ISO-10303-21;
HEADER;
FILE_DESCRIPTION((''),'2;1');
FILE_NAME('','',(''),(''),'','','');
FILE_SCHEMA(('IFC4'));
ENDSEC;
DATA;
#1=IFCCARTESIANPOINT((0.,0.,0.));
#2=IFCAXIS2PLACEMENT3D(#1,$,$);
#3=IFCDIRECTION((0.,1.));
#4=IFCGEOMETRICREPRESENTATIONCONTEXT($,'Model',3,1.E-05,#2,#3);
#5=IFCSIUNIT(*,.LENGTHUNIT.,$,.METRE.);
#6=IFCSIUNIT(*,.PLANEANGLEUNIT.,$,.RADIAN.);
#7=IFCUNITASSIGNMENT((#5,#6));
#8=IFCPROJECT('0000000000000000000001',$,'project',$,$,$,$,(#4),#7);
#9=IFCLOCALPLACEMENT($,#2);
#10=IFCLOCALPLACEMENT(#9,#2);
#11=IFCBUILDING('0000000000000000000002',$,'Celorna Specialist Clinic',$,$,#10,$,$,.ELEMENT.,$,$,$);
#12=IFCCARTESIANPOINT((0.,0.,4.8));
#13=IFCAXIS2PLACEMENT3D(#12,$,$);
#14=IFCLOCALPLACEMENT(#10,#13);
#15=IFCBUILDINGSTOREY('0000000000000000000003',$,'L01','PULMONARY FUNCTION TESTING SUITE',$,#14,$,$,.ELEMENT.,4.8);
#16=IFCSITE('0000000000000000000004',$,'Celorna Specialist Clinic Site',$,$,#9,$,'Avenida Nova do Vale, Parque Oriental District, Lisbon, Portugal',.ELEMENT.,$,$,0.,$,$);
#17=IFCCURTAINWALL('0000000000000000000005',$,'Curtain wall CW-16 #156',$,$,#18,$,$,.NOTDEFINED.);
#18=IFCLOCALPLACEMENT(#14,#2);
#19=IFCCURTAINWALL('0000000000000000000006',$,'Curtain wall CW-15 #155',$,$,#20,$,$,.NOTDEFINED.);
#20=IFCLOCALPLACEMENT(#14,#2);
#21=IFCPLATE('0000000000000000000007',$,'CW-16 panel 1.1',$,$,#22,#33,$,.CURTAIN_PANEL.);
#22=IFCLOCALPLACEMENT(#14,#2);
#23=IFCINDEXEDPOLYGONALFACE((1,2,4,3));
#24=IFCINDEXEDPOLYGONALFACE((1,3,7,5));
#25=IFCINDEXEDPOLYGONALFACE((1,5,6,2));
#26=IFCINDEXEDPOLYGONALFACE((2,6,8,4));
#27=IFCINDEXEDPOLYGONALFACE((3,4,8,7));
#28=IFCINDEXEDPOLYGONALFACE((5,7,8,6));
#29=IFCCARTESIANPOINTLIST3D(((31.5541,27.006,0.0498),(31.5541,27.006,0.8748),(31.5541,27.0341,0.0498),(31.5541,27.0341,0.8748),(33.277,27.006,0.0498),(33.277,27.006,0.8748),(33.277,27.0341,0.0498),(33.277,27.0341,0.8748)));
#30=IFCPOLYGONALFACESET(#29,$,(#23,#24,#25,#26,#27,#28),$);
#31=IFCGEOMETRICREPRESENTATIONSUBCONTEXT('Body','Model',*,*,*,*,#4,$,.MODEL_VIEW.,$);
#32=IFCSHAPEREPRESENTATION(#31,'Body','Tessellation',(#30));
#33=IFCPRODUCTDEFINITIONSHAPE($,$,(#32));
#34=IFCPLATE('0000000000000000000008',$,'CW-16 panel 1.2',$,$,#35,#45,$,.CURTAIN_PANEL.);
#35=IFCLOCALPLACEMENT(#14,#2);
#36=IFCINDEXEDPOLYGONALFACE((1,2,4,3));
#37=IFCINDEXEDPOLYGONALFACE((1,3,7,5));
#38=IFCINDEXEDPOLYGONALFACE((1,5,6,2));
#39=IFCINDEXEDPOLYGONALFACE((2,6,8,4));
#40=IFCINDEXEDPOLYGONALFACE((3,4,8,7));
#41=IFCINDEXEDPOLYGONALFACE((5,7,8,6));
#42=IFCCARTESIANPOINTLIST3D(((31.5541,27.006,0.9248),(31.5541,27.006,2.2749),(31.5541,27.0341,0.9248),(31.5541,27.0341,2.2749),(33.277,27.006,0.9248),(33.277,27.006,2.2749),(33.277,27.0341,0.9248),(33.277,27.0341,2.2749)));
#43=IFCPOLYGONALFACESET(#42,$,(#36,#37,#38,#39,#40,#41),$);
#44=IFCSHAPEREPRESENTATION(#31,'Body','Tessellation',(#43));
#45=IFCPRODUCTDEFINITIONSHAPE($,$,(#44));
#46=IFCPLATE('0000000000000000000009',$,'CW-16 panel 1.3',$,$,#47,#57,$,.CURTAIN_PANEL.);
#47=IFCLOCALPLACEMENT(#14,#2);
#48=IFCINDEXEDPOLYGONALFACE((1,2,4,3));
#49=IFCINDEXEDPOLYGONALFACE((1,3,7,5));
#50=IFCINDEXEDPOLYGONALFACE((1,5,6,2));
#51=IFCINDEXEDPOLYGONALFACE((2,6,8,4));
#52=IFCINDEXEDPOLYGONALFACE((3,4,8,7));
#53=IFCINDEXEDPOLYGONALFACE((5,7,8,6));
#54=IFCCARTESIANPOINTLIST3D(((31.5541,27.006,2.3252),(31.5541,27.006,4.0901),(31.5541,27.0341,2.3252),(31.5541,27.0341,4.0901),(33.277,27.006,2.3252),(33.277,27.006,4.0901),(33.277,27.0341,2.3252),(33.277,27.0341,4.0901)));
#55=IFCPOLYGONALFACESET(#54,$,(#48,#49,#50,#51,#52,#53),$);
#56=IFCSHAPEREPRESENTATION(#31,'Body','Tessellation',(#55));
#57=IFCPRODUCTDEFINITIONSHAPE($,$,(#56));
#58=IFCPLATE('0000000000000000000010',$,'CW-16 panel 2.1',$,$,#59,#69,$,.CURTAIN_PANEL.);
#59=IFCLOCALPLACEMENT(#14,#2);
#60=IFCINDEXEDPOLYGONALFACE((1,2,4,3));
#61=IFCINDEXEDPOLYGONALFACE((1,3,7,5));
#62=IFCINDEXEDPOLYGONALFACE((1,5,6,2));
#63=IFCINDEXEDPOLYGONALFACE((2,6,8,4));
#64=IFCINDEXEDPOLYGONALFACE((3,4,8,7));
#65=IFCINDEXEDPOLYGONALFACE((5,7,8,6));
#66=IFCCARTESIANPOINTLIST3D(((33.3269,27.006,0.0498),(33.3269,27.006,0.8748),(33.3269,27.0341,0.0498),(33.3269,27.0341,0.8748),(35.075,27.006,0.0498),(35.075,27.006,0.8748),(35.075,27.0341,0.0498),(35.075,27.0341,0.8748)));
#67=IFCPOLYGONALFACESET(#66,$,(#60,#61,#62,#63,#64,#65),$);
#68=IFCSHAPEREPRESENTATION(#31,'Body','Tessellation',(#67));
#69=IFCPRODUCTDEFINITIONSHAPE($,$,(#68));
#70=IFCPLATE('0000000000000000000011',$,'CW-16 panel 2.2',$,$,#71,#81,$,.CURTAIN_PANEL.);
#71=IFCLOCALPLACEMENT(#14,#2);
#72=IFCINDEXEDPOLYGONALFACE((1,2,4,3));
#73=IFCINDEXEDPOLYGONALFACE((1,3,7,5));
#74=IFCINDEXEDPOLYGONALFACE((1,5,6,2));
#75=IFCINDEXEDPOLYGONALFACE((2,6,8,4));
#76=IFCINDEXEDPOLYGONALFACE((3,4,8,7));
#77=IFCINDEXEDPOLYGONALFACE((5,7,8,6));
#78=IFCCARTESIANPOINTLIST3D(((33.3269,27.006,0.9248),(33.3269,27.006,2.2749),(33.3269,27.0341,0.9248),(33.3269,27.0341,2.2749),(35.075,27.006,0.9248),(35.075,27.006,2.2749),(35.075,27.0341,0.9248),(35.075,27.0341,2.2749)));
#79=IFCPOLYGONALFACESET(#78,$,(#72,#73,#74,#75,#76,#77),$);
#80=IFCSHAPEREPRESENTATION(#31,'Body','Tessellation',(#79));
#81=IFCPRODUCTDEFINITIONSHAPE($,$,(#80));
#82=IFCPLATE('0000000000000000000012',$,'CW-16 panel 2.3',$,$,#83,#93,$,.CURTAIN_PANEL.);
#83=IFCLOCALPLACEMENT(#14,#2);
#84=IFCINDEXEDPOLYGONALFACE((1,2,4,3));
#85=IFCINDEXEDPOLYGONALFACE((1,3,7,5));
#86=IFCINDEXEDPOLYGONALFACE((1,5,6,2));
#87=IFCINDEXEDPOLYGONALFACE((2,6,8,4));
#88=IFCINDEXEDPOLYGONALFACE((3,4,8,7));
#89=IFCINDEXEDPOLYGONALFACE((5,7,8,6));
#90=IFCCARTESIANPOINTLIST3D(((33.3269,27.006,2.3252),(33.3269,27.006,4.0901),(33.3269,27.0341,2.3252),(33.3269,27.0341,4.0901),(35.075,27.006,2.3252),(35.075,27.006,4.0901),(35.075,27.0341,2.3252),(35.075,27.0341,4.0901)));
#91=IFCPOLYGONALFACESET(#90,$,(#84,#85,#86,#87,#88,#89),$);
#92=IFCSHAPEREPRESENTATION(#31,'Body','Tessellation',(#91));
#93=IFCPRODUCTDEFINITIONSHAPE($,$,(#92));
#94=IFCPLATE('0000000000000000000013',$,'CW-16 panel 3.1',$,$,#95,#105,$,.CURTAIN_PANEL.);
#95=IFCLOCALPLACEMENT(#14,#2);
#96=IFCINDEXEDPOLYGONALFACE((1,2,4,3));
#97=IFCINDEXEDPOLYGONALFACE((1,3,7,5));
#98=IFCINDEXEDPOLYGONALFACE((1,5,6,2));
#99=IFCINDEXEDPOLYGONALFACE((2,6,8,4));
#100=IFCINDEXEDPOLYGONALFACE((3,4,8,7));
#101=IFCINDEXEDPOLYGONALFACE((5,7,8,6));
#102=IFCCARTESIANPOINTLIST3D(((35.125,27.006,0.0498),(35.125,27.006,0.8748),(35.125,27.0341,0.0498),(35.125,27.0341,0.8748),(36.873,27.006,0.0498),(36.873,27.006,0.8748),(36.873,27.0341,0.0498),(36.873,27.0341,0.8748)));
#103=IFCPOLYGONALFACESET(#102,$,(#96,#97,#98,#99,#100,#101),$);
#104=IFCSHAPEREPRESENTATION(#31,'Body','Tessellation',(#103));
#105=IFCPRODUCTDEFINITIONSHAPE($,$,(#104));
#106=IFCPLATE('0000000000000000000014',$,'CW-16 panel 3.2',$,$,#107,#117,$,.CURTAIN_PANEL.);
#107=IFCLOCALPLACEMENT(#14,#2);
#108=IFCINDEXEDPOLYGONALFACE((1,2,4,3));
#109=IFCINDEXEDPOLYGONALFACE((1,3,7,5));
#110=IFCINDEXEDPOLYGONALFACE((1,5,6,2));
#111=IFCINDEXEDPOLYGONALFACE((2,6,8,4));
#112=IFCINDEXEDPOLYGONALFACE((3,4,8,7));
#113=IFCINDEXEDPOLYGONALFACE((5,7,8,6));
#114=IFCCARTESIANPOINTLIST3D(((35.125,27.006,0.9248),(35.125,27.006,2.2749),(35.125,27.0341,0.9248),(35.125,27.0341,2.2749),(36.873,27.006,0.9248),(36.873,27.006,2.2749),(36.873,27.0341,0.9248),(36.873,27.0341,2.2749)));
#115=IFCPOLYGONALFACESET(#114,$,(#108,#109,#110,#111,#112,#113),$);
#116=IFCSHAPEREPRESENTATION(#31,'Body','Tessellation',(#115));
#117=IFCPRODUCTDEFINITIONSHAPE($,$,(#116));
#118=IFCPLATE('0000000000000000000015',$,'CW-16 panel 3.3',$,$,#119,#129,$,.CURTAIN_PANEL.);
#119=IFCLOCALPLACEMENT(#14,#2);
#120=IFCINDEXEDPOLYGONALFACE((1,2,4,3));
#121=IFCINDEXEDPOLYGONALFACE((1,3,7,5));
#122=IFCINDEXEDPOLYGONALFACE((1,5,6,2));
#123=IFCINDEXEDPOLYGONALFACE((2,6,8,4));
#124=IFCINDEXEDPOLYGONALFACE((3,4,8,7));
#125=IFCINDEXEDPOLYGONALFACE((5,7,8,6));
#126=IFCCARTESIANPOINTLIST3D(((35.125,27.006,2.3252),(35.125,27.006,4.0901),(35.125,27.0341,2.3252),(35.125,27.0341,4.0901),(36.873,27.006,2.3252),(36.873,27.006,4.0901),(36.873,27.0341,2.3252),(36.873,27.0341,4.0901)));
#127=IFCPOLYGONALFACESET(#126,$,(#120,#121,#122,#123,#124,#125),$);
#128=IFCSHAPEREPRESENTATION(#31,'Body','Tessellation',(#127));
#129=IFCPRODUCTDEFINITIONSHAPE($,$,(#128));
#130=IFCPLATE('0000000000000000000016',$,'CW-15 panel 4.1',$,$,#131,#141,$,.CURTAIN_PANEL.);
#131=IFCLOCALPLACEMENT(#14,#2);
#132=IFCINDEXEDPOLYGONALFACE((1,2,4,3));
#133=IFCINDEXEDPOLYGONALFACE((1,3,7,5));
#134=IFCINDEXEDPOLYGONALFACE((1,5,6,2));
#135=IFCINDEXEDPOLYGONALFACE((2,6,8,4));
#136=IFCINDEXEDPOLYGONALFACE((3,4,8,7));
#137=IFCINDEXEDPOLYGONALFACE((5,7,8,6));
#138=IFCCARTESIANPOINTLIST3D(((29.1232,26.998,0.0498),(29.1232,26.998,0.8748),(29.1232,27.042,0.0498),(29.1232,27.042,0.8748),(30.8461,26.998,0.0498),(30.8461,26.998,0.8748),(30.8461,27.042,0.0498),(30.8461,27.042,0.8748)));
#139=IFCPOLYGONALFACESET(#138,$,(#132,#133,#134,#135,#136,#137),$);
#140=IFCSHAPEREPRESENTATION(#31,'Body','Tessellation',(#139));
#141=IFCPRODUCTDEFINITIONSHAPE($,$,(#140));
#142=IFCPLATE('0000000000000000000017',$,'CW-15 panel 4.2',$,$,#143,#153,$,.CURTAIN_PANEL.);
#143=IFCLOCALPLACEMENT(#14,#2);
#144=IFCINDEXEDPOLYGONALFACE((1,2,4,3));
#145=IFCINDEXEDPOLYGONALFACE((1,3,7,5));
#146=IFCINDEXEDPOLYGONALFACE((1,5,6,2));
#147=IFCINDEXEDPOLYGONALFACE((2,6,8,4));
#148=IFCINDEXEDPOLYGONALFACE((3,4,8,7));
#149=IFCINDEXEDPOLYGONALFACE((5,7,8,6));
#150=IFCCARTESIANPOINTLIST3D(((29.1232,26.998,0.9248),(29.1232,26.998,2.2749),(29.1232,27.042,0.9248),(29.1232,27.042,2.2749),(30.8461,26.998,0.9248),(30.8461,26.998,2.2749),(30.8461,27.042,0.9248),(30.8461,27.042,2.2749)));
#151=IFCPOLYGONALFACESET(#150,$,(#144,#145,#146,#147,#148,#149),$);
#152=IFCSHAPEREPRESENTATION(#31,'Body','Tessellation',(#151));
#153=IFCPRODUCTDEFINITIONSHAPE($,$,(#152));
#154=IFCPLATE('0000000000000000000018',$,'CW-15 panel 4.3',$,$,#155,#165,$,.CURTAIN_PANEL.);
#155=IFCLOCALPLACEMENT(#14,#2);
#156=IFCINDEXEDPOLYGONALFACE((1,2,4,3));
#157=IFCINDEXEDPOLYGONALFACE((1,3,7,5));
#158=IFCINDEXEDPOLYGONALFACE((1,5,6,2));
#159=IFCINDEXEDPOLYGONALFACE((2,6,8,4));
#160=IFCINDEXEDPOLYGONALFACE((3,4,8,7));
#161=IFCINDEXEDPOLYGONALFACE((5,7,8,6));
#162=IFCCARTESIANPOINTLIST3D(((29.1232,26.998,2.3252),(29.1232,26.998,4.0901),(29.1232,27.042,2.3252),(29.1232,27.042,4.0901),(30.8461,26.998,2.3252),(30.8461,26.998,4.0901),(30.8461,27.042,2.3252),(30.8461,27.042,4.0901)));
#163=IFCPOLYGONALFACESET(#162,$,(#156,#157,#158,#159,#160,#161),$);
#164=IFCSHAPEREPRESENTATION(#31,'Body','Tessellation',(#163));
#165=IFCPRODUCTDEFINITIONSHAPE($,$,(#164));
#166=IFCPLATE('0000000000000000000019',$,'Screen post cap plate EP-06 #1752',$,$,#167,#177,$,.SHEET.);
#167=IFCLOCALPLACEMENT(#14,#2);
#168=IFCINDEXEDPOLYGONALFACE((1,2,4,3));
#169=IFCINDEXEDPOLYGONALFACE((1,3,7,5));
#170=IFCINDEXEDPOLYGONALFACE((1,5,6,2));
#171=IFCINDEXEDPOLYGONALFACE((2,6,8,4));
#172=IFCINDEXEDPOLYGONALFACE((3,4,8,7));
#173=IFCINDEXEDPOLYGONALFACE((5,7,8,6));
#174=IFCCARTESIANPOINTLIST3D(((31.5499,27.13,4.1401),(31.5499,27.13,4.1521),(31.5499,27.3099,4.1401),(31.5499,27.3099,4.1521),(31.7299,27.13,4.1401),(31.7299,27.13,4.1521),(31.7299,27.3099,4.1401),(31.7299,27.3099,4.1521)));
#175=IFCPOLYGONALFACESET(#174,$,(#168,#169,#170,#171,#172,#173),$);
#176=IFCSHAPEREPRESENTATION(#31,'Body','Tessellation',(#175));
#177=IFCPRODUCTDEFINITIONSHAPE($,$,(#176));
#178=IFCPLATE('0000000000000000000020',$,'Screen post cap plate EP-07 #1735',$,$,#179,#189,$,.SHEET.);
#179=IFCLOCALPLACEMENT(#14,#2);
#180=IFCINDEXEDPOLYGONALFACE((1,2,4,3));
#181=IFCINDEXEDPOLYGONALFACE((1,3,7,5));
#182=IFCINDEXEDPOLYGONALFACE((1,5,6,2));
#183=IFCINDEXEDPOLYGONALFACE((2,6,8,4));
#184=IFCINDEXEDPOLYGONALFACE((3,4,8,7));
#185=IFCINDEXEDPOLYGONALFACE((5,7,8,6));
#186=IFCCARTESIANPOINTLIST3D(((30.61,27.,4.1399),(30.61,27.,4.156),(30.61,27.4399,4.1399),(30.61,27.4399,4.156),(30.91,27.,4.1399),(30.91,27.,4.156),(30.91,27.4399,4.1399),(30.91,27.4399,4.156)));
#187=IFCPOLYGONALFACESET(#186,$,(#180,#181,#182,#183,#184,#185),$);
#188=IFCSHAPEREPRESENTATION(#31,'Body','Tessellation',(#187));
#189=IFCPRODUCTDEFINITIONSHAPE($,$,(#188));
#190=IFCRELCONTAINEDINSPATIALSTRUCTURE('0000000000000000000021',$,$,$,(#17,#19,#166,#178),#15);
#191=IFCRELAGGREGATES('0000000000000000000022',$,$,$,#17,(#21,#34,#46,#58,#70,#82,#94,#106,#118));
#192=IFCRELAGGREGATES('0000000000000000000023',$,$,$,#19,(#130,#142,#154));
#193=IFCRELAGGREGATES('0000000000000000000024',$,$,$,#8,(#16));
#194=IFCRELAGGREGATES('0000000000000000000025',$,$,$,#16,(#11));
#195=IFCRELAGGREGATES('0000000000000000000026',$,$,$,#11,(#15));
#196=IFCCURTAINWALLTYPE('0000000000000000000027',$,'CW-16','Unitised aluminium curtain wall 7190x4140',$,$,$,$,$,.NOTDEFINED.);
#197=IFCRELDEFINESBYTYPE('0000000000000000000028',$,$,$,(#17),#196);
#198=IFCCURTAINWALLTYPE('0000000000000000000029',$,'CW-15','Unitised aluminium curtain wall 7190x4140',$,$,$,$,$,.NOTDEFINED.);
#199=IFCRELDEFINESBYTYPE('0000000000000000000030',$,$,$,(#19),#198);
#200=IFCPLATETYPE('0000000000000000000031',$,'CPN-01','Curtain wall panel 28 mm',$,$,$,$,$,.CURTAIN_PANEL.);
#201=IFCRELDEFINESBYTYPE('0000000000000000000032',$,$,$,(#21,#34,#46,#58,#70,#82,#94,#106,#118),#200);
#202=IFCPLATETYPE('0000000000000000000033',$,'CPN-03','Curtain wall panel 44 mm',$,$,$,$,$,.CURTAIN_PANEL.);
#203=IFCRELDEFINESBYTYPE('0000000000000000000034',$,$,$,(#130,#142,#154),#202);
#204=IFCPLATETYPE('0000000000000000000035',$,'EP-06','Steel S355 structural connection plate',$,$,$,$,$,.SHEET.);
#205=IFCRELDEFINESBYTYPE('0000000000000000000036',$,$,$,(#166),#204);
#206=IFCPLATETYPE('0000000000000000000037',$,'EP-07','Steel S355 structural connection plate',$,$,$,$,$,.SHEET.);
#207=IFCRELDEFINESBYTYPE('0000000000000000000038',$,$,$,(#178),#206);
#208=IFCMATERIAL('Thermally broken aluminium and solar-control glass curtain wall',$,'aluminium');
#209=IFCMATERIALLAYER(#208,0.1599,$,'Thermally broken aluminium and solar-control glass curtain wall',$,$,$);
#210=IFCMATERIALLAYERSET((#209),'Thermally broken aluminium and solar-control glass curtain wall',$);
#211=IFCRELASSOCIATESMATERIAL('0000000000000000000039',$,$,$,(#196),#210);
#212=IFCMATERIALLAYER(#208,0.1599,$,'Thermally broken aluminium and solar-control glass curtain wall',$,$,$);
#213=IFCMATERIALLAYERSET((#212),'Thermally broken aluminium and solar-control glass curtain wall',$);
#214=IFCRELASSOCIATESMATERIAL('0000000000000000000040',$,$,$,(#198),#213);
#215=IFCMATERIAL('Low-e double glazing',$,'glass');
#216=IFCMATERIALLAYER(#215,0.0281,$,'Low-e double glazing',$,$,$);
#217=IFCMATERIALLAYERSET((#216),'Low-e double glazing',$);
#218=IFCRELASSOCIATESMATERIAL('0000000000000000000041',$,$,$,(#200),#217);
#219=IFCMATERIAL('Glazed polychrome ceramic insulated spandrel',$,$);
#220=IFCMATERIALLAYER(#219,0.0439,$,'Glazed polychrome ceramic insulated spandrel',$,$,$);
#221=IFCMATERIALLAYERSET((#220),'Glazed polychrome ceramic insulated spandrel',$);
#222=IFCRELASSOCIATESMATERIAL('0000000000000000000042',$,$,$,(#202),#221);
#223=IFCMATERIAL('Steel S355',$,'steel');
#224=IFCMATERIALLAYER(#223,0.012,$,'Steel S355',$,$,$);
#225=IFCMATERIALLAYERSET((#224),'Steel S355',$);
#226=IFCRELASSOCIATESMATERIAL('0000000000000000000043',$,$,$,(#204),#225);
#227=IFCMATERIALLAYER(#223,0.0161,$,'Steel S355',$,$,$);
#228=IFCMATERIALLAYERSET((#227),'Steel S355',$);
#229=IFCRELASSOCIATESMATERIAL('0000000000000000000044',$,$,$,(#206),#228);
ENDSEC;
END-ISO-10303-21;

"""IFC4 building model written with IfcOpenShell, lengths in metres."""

from ifc_helpers import new_model, si_unit, direction, frame, origin, origin_2d, place, context, subcontext, project, spatial, rectangle, extrude, material, layer, layer_set, type_object, element, aggregate, save


model = new_model("IFC4")

# Units and contexts
model_context = context("Model", 3, precision=1e-05, world=origin(), true_north=direction((0.0, 1.0)))
body_context = subcontext(model_context, "Body", "Model", "MODEL_VIEW")
ifc_project = project(units=[si_unit("LENGTHUNIT", "METRE"), si_unit("PLANEANGLEUNIT", "RADIAN")], contexts=[model_context])

# Site, building, storey
site_placement = place(None, origin())
site = spatial("IfcSite", under=ifc_project, at=site_placement, Name="Celorna Specialist Clinic Site", LongName="Avenida Nova do Vale, Parque Oriental District, Lisbon, Portugal", CompositionType="ELEMENT", RefElevation=0.0)
building_placement = place(site_placement, origin())
building = spatial("IfcBuilding", under=site, at=building_placement, Name="Celorna Specialist Clinic", CompositionType="ELEMENT")
storey_placement = place(building_placement, frame((0.0, 0.0, 4.8)))
storey = spatial("IfcBuildingStorey", under=building, at=storey_placement, Name="L01", Description="PULMONARY FUNCTION TESTING SUITE", CompositionType="ELEMENT", Elevation=4.8)

# Shared definitions
ifc_material_1 = material(Name="Steel S355", Category="steel")

# Curtain wall
ifc_material_2 = material(Name="Thermally broken aluminium and solar-control glass curtain wall", Category="aluminium")
ifc_layer_1 = layer(ifc_material_2, 0.1599, Name="Thermally broken aluminium and solar-control glass curtain wall")
ifc_layer_set_1 = layer_set([ifc_layer_1], Name="Thermally broken aluminium and solar-control glass curtain wall")
curtain_wall_type_1 = type_object("IfcCurtainWallType", Name="CW-16", Description="Unitised aluminium curtain wall 7190x4140", PredefinedType="NOTDEFINED", material=ifc_layer_set_1)
curtain_wall_1_placement = place(storey_placement, origin())
curtain_wall_1 = element("IfcCurtainWall", 1, at=curtain_wall_1_placement, inside=storey, type_object=curtain_wall_type_1, Name="Curtain wall CW-16 #156", PredefinedType="NOTDEFINED")

# Curtain wall
ifc_layer_2 = layer(ifc_material_2, 0.1599, Name="Thermally broken aluminium and solar-control glass curtain wall")
ifc_layer_set_2 = layer_set([ifc_layer_2], Name="Thermally broken aluminium and solar-control glass curtain wall")
curtain_wall_type_2 = type_object("IfcCurtainWallType", Name="CW-15", Description="Unitised aluminium curtain wall 7190x4140", PredefinedType="NOTDEFINED", material=ifc_layer_set_2)
curtain_wall_2_placement = place(storey_placement, origin())
curtain_wall_2 = element("IfcCurtainWall", 2, at=curtain_wall_2_placement, inside=storey, type_object=curtain_wall_type_2, Name="Curtain wall CW-15 #155", PredefinedType="NOTDEFINED")

# Plates
ifc_material_3 = material(Name="Low-e double glazing", Category="glass")
ifc_layer_3 = layer(ifc_material_3, 0.0281, Name="Low-e double glazing")
ifc_layer_set_3 = layer_set([ifc_layer_3], Name="Low-e double glazing")
plate_type_1 = type_object("IfcPlateType", Name="CPN-01", Description="Curtain wall panel 28 mm", PredefinedType="CURTAIN_PANEL", material=ifc_layer_set_3)
plate_1_placement = place(storey_placement, frame((32.4155, 27.02, 0.0498), z_axis=(0.0, 0.0, 1.0), x_axis=(1.0, 0.0, 0.0)))
plate_1 = element("IfcPlate", 3, at=plate_1_placement, type_object=plate_type_1, Name="CW-16 panel 1.1", PredefinedType="CURTAIN_PANEL", context=body_context, shape_type="SweptSolid", body=[
    extrude(rectangle(XDim=1.7229, YDim=0.0281, at=origin_2d()), origin(), (0.0, 0.0, 1.0), 0.825),
])
plate_2_placement = place(storey_placement, frame((32.4155, 27.02, 0.9248), z_axis=(0.0, 0.0, 1.0), x_axis=(1.0, 0.0, 0.0)))
plate_2 = element("IfcPlate", 4, at=plate_2_placement, type_object=plate_type_1, Name="CW-16 panel 1.2", PredefinedType="CURTAIN_PANEL", context=body_context, shape_type="SweptSolid", body=[
    extrude(rectangle(XDim=1.7229, YDim=0.0281, at=origin_2d()), origin(), (0.0, 0.0, 1.0), 1.3501),
])
plate_3_placement = place(storey_placement, frame((32.4155, 27.02, 2.3252), z_axis=(0.0, 0.0, 1.0), x_axis=(1.0, 0.0, 0.0)))
plate_3 = element("IfcPlate", 5, at=plate_3_placement, type_object=plate_type_1, Name="CW-16 panel 1.3", PredefinedType="CURTAIN_PANEL", context=body_context, shape_type="SweptSolid", body=[
    extrude(rectangle(XDim=1.7229, YDim=0.0281, at=origin_2d()), origin(), (0.0, 0.0, 1.0), 1.7649),
])
plate_4_placement = place(storey_placement, frame((34.2009, 27.02, 0.0498), z_axis=(0.0, 0.0, 1.0), x_axis=(1.0, 0.0, 0.0)))
plate_4 = element("IfcPlate", 6, at=plate_4_placement, type_object=plate_type_1, Name="CW-16 panel 2.1", PredefinedType="CURTAIN_PANEL", context=body_context, shape_type="SweptSolid", body=[
    extrude(rectangle(XDim=1.748, YDim=0.0281, at=origin_2d()), origin(), (0.0, 0.0, 1.0), 0.825),
])
plate_5_placement = place(storey_placement, frame((34.2009, 27.02, 0.9248), z_axis=(0.0, 0.0, 1.0), x_axis=(1.0, 0.0, 0.0)))
plate_5 = element("IfcPlate", 7, at=plate_5_placement, type_object=plate_type_1, Name="CW-16 panel 2.2", PredefinedType="CURTAIN_PANEL", context=body_context, shape_type="SweptSolid", body=[
    extrude(rectangle(XDim=1.748, YDim=0.0281, at=origin_2d()), origin(), (0.0, 0.0, 1.0), 1.3501),
])
plate_6_placement = place(storey_placement, frame((34.2009, 27.02, 2.3252), z_axis=(0.0, 0.0, 1.0), x_axis=(1.0, 0.0, 0.0)))
plate_6 = element("IfcPlate", 8, at=plate_6_placement, type_object=plate_type_1, Name="CW-16 panel 2.3", PredefinedType="CURTAIN_PANEL", context=body_context, shape_type="SweptSolid", body=[
    extrude(rectangle(XDim=1.748, YDim=0.0281, at=origin_2d()), origin(), (0.0, 0.0, 1.0), 1.7649),
])
plate_7_placement = place(storey_placement, frame((35.999, 27.02, 0.0498), z_axis=(0.0, 0.0, 1.0), x_axis=(1.0, 0.0, 0.0)))
plate_7 = element("IfcPlate", 9, at=plate_7_placement, type_object=plate_type_1, Name="CW-16 panel 3.1", PredefinedType="CURTAIN_PANEL", context=body_context, shape_type="SweptSolid", body=[
    extrude(rectangle(XDim=1.748, YDim=0.0281, at=origin_2d()), origin(), (0.0, 0.0, 1.0), 0.825),
])
plate_8_placement = place(storey_placement, frame((35.999, 27.02, 0.9248), z_axis=(0.0, 0.0, 1.0), x_axis=(1.0, 0.0, 0.0)))
plate_8 = element("IfcPlate", 10, at=plate_8_placement, type_object=plate_type_1, Name="CW-16 panel 3.2", PredefinedType="CURTAIN_PANEL", context=body_context, shape_type="SweptSolid", body=[
    extrude(rectangle(XDim=1.748, YDim=0.0281, at=origin_2d()), origin(), (0.0, 0.0, 1.0), 1.3501),
])
plate_9_placement = place(storey_placement, frame((35.999, 27.02, 2.3252), z_axis=(0.0, 0.0, 1.0), x_axis=(1.0, 0.0, 0.0)))
plate_9 = element("IfcPlate", 11, at=plate_9_placement, type_object=plate_type_1, Name="CW-16 panel 3.3", PredefinedType="CURTAIN_PANEL", context=body_context, shape_type="SweptSolid", body=[
    extrude(rectangle(XDim=1.748, YDim=0.0281, at=origin_2d()), origin(), (0.0, 0.0, 1.0), 1.7649),
])
aggregate(curtain_wall_1, [plate_1, plate_2, plate_3, plate_4, plate_5, plate_6, plate_7, plate_8, plate_9])
ifc_material_4 = material(Name="Glazed polychrome ceramic insulated spandrel")
ifc_layer_4 = layer(ifc_material_4, 0.0439, Name="Glazed polychrome ceramic insulated spandrel")
ifc_layer_set_4 = layer_set([ifc_layer_4], Name="Glazed polychrome ceramic insulated spandrel")
plate_type_2 = type_object("IfcPlateType", Name="CPN-03", Description="Curtain wall panel 44 mm", PredefinedType="CURTAIN_PANEL", material=ifc_layer_set_4)
plate_10_placement = place(storey_placement, frame((29.9846, 27.02, 0.0498), z_axis=(0.0, 0.0, 1.0), x_axis=(1.0, 0.0, 0.0)))
plate_10 = element("IfcPlate", 12, at=plate_10_placement, type_object=plate_type_2, Name="CW-15 panel 4.1", PredefinedType="CURTAIN_PANEL", context=body_context, shape_type="SweptSolid", body=[
    extrude(rectangle(XDim=1.7229, YDim=0.0439, at=origin_2d()), origin(), (0.0, 0.0, 1.0), 0.825),
])
plate_11_placement = place(storey_placement, frame((29.9846, 27.02, 0.9248), z_axis=(0.0, 0.0, 1.0), x_axis=(1.0, 0.0, 0.0)))
plate_11 = element("IfcPlate", 13, at=plate_11_placement, type_object=plate_type_2, Name="CW-15 panel 4.2", PredefinedType="CURTAIN_PANEL", context=body_context, shape_type="SweptSolid", body=[
    extrude(rectangle(XDim=1.7229, YDim=0.0439, at=origin_2d()), origin(), (0.0, 0.0, 1.0), 1.3501),
])
plate_12_placement = place(storey_placement, frame((29.9846, 27.02, 2.3252), z_axis=(0.0, 0.0, 1.0), x_axis=(1.0, 0.0, 0.0)))
plate_12 = element("IfcPlate", 14, at=plate_12_placement, type_object=plate_type_2, Name="CW-15 panel 4.3", PredefinedType="CURTAIN_PANEL", context=body_context, shape_type="SweptSolid", body=[
    extrude(rectangle(XDim=1.7229, YDim=0.0439, at=origin_2d()), origin(), (0.0, 0.0, 1.0), 1.7649),
])
aggregate(curtain_wall_2, [plate_10, plate_11, plate_12])

# Plates
ifc_layer_5 = layer(ifc_material_1, 0.012, Name="Steel S355")
ifc_layer_set_5 = layer_set([ifc_layer_5], Name="Steel S355")
plate_type_3 = type_object("IfcPlateType", Name="EP-06", Description="Steel S355 structural connection plate", PredefinedType="SHEET", material=ifc_layer_set_5)
plate_13_placement = place(storey_placement, frame((31.6399, 27.22, 4.1401), z_axis=(0.0, 0.0, 1.0), x_axis=(1.0, 0.0, 0.0)))
element("IfcPlate", 15, at=plate_13_placement, inside=storey, type_object=plate_type_3, Name="Screen post cap plate EP-06 #1752", PredefinedType="SHEET", context=body_context, shape_type="SweptSolid", body=[
    extrude(rectangle(XDim=0.1799, YDim=0.1799, at=origin_2d()), origin(), (0.0, 0.0, 1.0), 0.012),
])
ifc_layer_6 = layer(ifc_material_1, 0.0161, Name="Steel S355")
ifc_layer_set_6 = layer_set([ifc_layer_6], Name="Steel S355")
plate_type_4 = type_object("IfcPlateType", Name="EP-07", Description="Steel S355 structural connection plate", PredefinedType="SHEET", material=ifc_layer_set_6)
plate_14_placement = place(storey_placement, frame((30.76, 27.22, 4.1399), z_axis=(0.0, 0.0, 1.0), x_axis=(1.0, 0.0, 0.0)))
element("IfcPlate", 16, at=plate_14_placement, inside=storey, type_object=plate_type_4, Name="Screen post cap plate EP-07 #1735", PredefinedType="SHEET", context=body_context, shape_type="SweptSolid", body=[
    extrude(rectangle(XDim=0.3, YDim=0.4399, at=origin_2d()), origin(), (0.0, 0.0, 1.0), 0.0161),
])

save(model, "model.ifc")
